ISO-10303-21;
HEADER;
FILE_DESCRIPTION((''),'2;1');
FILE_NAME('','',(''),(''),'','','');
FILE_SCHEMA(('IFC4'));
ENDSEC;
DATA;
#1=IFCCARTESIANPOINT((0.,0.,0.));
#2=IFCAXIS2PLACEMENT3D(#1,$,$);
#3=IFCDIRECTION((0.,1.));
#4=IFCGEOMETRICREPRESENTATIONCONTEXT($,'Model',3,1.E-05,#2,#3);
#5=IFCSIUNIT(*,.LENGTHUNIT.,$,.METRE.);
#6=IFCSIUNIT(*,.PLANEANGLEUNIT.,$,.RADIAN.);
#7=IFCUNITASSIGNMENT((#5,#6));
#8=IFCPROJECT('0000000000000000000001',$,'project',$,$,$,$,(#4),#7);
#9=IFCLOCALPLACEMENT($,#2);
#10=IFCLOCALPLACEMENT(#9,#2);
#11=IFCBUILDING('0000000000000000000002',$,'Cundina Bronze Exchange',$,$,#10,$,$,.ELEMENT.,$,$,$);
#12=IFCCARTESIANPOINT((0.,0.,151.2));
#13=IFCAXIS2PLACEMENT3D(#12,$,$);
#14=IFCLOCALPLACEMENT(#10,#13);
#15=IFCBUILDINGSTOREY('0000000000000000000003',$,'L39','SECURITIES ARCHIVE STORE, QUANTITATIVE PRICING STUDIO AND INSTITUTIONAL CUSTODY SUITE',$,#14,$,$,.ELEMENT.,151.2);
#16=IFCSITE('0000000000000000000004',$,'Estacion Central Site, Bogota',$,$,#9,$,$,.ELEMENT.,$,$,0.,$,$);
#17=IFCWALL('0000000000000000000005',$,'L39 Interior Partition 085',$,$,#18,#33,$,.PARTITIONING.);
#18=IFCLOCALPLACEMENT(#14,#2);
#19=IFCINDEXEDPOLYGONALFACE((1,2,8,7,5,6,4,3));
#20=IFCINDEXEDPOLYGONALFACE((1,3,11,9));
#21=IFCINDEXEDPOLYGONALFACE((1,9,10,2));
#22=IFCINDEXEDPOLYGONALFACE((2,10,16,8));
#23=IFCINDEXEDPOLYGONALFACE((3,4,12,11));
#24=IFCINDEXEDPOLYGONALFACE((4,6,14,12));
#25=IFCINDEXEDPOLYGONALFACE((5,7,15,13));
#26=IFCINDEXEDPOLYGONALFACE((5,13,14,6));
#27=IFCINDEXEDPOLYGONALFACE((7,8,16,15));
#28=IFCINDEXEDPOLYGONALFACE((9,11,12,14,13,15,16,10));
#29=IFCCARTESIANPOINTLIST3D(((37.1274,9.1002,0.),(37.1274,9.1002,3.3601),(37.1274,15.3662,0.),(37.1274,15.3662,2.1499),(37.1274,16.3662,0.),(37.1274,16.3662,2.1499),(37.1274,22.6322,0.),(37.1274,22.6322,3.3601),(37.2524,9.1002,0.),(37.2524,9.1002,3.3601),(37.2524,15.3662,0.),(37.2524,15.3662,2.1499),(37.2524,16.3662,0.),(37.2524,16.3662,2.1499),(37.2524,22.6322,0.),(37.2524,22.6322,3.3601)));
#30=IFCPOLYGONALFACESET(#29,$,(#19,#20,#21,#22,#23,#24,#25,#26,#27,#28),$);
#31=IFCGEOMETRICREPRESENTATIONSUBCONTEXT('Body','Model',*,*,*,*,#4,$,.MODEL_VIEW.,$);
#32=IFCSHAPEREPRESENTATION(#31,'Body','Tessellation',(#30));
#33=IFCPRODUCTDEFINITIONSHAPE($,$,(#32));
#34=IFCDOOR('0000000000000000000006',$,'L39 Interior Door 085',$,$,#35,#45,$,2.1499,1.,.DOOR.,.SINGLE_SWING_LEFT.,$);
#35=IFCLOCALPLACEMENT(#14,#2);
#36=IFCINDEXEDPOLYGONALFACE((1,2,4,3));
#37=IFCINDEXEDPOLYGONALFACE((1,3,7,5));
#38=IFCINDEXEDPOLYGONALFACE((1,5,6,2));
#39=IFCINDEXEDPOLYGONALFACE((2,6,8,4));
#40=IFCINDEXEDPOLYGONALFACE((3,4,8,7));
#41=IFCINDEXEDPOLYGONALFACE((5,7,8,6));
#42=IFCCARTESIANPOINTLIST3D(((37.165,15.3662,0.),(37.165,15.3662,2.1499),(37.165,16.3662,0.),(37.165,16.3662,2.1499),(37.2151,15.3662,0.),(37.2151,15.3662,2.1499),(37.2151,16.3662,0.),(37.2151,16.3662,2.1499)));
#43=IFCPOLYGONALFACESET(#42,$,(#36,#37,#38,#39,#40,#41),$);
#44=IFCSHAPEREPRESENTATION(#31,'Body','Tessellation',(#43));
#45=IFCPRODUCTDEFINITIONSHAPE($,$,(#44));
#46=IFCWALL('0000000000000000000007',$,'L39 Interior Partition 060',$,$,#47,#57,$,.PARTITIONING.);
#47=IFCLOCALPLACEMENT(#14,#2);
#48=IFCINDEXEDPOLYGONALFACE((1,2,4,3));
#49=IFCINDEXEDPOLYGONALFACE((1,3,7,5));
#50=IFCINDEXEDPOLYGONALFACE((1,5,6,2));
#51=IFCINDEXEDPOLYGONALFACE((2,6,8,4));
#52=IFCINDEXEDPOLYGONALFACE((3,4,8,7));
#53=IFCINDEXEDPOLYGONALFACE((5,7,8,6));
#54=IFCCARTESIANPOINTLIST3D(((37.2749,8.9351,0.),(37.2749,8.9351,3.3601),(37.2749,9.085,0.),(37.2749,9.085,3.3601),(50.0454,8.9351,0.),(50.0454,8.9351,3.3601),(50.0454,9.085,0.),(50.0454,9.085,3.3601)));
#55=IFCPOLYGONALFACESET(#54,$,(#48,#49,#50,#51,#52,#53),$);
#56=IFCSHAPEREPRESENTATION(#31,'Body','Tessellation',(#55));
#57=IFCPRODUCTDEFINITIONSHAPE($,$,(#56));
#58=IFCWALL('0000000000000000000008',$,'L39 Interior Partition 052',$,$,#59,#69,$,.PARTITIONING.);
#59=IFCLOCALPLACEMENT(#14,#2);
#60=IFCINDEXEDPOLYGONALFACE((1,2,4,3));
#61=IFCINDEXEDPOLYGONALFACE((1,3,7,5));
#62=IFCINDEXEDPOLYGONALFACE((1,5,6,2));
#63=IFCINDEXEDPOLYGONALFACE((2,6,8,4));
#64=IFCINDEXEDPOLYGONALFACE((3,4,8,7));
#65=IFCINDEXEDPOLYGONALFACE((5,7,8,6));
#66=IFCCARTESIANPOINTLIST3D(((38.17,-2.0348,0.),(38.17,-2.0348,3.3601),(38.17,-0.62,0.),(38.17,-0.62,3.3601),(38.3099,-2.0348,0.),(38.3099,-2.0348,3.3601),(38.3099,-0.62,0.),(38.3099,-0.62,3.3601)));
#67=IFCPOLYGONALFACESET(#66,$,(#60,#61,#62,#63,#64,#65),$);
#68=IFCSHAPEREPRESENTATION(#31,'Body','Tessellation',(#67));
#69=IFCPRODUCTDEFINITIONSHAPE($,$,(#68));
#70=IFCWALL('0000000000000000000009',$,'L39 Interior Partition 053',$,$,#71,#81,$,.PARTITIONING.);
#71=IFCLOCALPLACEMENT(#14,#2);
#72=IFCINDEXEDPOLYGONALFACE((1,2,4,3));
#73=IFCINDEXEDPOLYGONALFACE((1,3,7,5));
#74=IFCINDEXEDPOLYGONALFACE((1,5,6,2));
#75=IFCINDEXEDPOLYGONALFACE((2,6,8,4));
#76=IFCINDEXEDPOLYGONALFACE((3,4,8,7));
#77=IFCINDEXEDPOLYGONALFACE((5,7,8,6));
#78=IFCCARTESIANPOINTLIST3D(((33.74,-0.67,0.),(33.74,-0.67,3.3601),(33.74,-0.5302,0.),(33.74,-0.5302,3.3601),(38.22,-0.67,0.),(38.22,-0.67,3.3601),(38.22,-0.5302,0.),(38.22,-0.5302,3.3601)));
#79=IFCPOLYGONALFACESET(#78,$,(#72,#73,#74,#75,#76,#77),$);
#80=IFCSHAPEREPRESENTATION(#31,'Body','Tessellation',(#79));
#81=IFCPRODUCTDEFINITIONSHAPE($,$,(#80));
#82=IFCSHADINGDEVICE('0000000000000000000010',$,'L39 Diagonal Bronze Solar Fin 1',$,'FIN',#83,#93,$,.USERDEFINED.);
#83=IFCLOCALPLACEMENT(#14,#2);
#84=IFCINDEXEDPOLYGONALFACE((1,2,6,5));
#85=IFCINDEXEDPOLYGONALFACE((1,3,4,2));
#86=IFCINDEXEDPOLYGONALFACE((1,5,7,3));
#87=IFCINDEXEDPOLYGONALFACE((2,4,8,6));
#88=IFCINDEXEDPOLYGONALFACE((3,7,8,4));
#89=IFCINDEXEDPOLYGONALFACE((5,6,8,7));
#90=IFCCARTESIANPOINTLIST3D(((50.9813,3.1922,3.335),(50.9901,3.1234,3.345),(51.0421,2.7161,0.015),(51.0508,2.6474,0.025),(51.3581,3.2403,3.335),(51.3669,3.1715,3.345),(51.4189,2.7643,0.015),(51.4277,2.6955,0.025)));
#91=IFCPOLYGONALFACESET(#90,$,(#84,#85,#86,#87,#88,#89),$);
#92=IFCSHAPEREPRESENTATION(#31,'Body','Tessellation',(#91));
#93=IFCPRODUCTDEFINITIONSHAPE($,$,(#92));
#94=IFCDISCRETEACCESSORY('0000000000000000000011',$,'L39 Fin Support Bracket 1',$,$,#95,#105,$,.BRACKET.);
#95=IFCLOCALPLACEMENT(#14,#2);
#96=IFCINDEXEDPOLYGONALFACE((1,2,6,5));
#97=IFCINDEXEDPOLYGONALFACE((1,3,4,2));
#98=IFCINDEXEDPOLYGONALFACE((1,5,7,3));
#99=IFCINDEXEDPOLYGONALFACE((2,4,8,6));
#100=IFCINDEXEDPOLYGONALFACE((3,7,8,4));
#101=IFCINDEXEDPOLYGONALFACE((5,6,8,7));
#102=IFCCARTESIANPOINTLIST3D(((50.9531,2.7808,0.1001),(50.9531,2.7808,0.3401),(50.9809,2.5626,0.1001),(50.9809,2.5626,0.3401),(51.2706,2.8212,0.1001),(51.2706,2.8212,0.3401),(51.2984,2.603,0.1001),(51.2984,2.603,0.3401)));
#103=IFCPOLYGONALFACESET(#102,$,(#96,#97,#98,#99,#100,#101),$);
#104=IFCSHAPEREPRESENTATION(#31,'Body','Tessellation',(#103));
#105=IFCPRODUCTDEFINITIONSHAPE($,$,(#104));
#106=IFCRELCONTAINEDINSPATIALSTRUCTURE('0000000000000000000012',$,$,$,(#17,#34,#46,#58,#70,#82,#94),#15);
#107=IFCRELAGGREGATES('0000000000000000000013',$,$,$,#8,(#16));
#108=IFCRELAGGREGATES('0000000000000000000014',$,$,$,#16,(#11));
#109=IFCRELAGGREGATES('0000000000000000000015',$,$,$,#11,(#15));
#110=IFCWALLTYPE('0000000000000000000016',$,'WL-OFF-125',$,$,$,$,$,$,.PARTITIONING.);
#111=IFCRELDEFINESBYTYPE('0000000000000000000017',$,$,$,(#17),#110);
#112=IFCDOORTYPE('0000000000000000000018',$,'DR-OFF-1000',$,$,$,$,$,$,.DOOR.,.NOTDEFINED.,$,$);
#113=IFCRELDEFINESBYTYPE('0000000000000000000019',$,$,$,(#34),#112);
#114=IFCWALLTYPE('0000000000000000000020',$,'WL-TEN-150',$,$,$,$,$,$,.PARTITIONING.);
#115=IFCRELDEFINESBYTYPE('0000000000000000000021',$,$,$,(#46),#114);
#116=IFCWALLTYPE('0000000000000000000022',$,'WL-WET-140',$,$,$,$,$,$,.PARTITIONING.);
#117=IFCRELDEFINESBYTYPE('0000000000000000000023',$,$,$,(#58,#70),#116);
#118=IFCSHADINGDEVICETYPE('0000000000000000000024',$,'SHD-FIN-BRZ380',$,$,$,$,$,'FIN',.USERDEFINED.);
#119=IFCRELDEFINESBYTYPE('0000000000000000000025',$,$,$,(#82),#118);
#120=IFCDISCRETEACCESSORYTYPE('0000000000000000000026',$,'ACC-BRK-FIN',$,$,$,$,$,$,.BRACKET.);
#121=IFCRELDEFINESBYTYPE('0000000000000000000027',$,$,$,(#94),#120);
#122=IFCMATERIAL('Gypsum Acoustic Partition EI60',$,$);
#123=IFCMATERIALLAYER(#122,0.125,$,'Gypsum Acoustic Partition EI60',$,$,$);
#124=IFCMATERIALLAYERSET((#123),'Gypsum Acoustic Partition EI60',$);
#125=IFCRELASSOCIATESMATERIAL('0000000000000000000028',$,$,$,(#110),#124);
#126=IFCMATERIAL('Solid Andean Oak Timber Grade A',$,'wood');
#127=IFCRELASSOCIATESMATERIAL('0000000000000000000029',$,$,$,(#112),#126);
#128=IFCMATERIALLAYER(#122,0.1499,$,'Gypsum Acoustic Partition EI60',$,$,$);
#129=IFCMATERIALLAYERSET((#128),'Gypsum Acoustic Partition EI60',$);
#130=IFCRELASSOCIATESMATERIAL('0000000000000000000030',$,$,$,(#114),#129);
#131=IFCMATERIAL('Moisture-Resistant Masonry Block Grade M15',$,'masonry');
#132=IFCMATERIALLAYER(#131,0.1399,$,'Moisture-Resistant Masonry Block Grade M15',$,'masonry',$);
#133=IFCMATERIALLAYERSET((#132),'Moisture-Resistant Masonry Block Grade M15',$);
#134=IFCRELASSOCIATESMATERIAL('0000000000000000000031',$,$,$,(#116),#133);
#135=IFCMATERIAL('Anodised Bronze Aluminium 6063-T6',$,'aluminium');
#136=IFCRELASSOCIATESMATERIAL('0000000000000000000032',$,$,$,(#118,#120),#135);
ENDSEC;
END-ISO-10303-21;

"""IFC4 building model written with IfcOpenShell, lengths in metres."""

from ifc_helpers import new_model, si_unit, direction, frame, frame_2d, origin, origin_2d, place, context, subcontext, project, spatial, rectangle, extrude, material, layer, layer_set, material_profile, profile_set, type_object, element, fill, save


model = new_model("IFC4")

# Units and contexts
model_context = context("Model", 3, precision=1e-05, world=origin(), true_north=direction((0.0, 1.0)))
body_context = subcontext(model_context, "Body", "Model", "MODEL_VIEW")
ifc_project = project(units=[si_unit("LENGTHUNIT", "METRE"), si_unit("PLANEANGLEUNIT", "RADIAN")], contexts=[model_context])

# Site, building, storey
site_placement = place(None, origin())
site = spatial("IfcSite", under=ifc_project, at=site_placement, Name="Estacion Central Site, Bogota", CompositionType="ELEMENT", RefElevation=0.0)
building_placement = place(site_placement, origin())
building = spatial("IfcBuilding", under=site, at=building_placement, Name="Cundina Bronze Exchange", CompositionType="ELEMENT")
storey_placement = place(building_placement, frame((0.0, 0.0, 151.2)))
storey = spatial("IfcBuildingStorey", under=building, at=storey_placement, Name="L39", Description="SECURITIES ARCHIVE STORE, QUANTITATIVE PRICING STUDIO AND INSTITUTIONAL CUSTODY SUITE", CompositionType="ELEMENT", Elevation=151.2)

# Shared definitions
ifc_material_1 = material(Name="Anodised Bronze Aluminium 6063-T6", Category="aluminium")

# Wall, opening, door
ifc_material_2 = material(Name="Gypsum Acoustic Partition EI60")
ifc_layer_1 = layer(ifc_material_2, 0.125, Name="Gypsum Acoustic Partition EI60")
ifc_layer_set_1 = layer_set([ifc_layer_1], Name="Gypsum Acoustic Partition EI60")
wall_type_1 = type_object("IfcWallType", Name="WL-OFF-125", PredefinedType="PARTITIONING", material=ifc_layer_set_1)
ifc_material_3 = material(Name="Solid Andean Oak Timber Grade A", Category="wood")
door_type = type_object("IfcDoorType", Name="DR-OFF-1000", OperationType="NOTDEFINED", PredefinedType="DOOR", material=ifc_material_3)
wall_1_placement = place(storey_placement, frame((37.1899, 9.1001, 0.0), z_axis=(0.0, 0.0, 1.0), x_axis=(0.0, 1.0, 0.0)))
wall_1 = element("IfcWall", 1, at=wall_1_placement, inside=storey, type_object=wall_type_1, Name="L39 Interior Partition 085", PredefinedType="PARTITIONING", context=body_context, shape_type="SweptSolid", body=[
    extrude(rectangle(XDim=13.532, YDim=0.125, at=frame_2d((6.7661, 0.0))), origin(), (0.0, 0.0, 1.0), 3.3601),
])
opening_1_placement = place(wall_1_placement, frame((6.2661, 0.0, 0.0)))
opening_1 = element("IfcOpeningElement", 2, at=opening_1_placement, cuts=wall_1, PredefinedType="OPENING", context=body_context, shape_type="SweptSolid", body=[
    extrude(rectangle(XDim=1.0, YDim=2.1499, at=frame_2d((0.5, 1.075))), frame((0.0, 0.0725, 0.0), z_axis=(0.0, -1.0, 0.0), x_axis=(1.0, 0.0, 0.0)), (0.0, 0.0, 1.0), 0.145),
])
door_1_placement = place(opening_1_placement, origin())
door_1 = element("IfcDoor", 3, at=door_1_placement, inside=storey, type_object=door_type, Name="L39 Interior Door 085", OperationType="SINGLE_SWING_LEFT", OverallHeight=2.1499, OverallWidth=1.0, PredefinedType="DOOR", context=body_context, shape_type="SweptSolid", body=[
    extrude(rectangle(XDim=1.0, YDim=2.1499, at=frame_2d((0.5, 1.075))), frame((0.0, 0.0249, 0.0), z_axis=(0.0, -1.0, 0.0), x_axis=(1.0, 0.0, 0.0)), (0.0, 0.0, 1.0), 0.05),
])
fill(opening_1, door_1)

# Walls
ifc_layer_2 = layer(ifc_material_2, 0.1499, Name="Gypsum Acoustic Partition EI60")
ifc_layer_set_2 = layer_set([ifc_layer_2], Name="Gypsum Acoustic Partition EI60")
wall_type_2 = type_object("IfcWallType", Name="WL-TEN-150", PredefinedType="PARTITIONING", material=ifc_layer_set_2)
wall_2_placement = place(storey_placement, frame((37.2749, 9.01, 0.0), z_axis=(0.0, 0.0, 1.0), x_axis=(1.0, 0.0, 0.0)))
element("IfcWall", 4, at=wall_2_placement, inside=storey, type_object=wall_type_2, Name="L39 Interior Partition 060", PredefinedType="PARTITIONING", context=body_context, shape_type="SweptSolid", body=[
    extrude(rectangle(XDim=12.7705, YDim=0.1499, at=frame_2d((6.3853, 0.0))), origin(), (0.0, 0.0, 1.0), 3.3601),
])
ifc_material_4 = material(Name="Moisture-Resistant Masonry Block Grade M15", Category="masonry")
ifc_layer_3 = layer(ifc_material_4, 0.1399, Name="Moisture-Resistant Masonry Block Grade M15", Category="masonry")
ifc_layer_set_3 = layer_set([ifc_layer_3], Name="Moisture-Resistant Masonry Block Grade M15")
wall_type_3 = type_object("IfcWallType", Name="WL-WET-140", PredefinedType="PARTITIONING", material=ifc_layer_set_3)
wall_3_placement = place(storey_placement, frame((38.24, -2.0349, 0.0), z_axis=(0.0, 0.0, 1.0), x_axis=(0.0, 1.0, 0.0)))
element("IfcWall", 5, at=wall_3_placement, inside=storey, type_object=wall_type_3, Name="L39 Interior Partition 052", PredefinedType="PARTITIONING", context=body_context, shape_type="SweptSolid", body=[
    extrude(rectangle(XDim=1.4148, YDim=0.1399, at=frame_2d((0.7075, 0.0))), origin(), (0.0, 0.0, 1.0), 3.3601),
])
wall_4_placement = place(storey_placement, frame((33.74, -0.6001, 0.0), z_axis=(0.0, 0.0, 1.0), x_axis=(1.0, 0.0, 0.0)))
element("IfcWall", 6, at=wall_4_placement, inside=storey, type_object=wall_type_3, Name="L39 Interior Partition 053", PredefinedType="PARTITIONING", context=body_context, shape_type="SweptSolid", body=[
    extrude(rectangle(XDim=4.48, YDim=0.1399, at=frame_2d((2.24, 0.0))), origin(), (0.0, 0.0, 1.0), 3.3601),
])

# Shading device
ifc_material_profile_1 = material_profile(ifc_material_1, rectangle(XDim=0.0701, YDim=0.3799, at=origin_2d()), Name="FIN70X380", Category="aluminium")
ifc_profile_set_1 = profile_set([ifc_material_profile_1], Name="Anodised Bronze Aluminium 6063-T6")
shading_device_type = type_object("IfcShadingDeviceType", Name="SHD-FIN-BRZ380", ElementType="FIN", PredefinedType="USERDEFINED", material=ifc_profile_set_1)
shading_device_placement = place(storey_placement, frame((51.2349, 2.7058, 0.02), z_axis=(-0.018122, 0.141918, 0.989713), x_axis=(0.125361, -0.981741, 0.14307)))
element("IfcShadingDevice", 7, at=shading_device_placement, inside=storey, type_object=shading_device_type, Name="L39 Diagonal Bronze Solar Fin 1", ObjectType="FIN", PredefinedType="USERDEFINED", context=body_context, shape_type="SweptSolid", body=[
    extrude(rectangle(XDim=0.0701, YDim=0.3799, at=origin_2d()), origin(), (0.0, 0.0, 1.0), 3.3545),
])

# Discrete accessory
discrete_accessory_type = type_object("IfcDiscreteAccessoryType", Name="ACC-BRK-FIN", PredefinedType="BRACKET", material=ifc_material_1)
discrete_accessory_placement = place(storey_placement, frame((51.1257, 2.6919, 0.1001), z_axis=(0.0, 0.0, 1.0), x_axis=(-0.126476, 0.99197, 0.0)))
element("IfcDiscreteAccessory", 8, at=discrete_accessory_placement, inside=storey, type_object=discrete_accessory_type, Name="L39 Fin Support Bracket 1", PredefinedType="BRACKET", context=body_context, shape_type="SweptSolid", body=[
    extrude(rectangle(XDim=0.22, YDim=0.3201, at=origin_2d()), origin(), (0.0, 0.0, 1.0), 0.24),
])

save(model, "model.ifc")
